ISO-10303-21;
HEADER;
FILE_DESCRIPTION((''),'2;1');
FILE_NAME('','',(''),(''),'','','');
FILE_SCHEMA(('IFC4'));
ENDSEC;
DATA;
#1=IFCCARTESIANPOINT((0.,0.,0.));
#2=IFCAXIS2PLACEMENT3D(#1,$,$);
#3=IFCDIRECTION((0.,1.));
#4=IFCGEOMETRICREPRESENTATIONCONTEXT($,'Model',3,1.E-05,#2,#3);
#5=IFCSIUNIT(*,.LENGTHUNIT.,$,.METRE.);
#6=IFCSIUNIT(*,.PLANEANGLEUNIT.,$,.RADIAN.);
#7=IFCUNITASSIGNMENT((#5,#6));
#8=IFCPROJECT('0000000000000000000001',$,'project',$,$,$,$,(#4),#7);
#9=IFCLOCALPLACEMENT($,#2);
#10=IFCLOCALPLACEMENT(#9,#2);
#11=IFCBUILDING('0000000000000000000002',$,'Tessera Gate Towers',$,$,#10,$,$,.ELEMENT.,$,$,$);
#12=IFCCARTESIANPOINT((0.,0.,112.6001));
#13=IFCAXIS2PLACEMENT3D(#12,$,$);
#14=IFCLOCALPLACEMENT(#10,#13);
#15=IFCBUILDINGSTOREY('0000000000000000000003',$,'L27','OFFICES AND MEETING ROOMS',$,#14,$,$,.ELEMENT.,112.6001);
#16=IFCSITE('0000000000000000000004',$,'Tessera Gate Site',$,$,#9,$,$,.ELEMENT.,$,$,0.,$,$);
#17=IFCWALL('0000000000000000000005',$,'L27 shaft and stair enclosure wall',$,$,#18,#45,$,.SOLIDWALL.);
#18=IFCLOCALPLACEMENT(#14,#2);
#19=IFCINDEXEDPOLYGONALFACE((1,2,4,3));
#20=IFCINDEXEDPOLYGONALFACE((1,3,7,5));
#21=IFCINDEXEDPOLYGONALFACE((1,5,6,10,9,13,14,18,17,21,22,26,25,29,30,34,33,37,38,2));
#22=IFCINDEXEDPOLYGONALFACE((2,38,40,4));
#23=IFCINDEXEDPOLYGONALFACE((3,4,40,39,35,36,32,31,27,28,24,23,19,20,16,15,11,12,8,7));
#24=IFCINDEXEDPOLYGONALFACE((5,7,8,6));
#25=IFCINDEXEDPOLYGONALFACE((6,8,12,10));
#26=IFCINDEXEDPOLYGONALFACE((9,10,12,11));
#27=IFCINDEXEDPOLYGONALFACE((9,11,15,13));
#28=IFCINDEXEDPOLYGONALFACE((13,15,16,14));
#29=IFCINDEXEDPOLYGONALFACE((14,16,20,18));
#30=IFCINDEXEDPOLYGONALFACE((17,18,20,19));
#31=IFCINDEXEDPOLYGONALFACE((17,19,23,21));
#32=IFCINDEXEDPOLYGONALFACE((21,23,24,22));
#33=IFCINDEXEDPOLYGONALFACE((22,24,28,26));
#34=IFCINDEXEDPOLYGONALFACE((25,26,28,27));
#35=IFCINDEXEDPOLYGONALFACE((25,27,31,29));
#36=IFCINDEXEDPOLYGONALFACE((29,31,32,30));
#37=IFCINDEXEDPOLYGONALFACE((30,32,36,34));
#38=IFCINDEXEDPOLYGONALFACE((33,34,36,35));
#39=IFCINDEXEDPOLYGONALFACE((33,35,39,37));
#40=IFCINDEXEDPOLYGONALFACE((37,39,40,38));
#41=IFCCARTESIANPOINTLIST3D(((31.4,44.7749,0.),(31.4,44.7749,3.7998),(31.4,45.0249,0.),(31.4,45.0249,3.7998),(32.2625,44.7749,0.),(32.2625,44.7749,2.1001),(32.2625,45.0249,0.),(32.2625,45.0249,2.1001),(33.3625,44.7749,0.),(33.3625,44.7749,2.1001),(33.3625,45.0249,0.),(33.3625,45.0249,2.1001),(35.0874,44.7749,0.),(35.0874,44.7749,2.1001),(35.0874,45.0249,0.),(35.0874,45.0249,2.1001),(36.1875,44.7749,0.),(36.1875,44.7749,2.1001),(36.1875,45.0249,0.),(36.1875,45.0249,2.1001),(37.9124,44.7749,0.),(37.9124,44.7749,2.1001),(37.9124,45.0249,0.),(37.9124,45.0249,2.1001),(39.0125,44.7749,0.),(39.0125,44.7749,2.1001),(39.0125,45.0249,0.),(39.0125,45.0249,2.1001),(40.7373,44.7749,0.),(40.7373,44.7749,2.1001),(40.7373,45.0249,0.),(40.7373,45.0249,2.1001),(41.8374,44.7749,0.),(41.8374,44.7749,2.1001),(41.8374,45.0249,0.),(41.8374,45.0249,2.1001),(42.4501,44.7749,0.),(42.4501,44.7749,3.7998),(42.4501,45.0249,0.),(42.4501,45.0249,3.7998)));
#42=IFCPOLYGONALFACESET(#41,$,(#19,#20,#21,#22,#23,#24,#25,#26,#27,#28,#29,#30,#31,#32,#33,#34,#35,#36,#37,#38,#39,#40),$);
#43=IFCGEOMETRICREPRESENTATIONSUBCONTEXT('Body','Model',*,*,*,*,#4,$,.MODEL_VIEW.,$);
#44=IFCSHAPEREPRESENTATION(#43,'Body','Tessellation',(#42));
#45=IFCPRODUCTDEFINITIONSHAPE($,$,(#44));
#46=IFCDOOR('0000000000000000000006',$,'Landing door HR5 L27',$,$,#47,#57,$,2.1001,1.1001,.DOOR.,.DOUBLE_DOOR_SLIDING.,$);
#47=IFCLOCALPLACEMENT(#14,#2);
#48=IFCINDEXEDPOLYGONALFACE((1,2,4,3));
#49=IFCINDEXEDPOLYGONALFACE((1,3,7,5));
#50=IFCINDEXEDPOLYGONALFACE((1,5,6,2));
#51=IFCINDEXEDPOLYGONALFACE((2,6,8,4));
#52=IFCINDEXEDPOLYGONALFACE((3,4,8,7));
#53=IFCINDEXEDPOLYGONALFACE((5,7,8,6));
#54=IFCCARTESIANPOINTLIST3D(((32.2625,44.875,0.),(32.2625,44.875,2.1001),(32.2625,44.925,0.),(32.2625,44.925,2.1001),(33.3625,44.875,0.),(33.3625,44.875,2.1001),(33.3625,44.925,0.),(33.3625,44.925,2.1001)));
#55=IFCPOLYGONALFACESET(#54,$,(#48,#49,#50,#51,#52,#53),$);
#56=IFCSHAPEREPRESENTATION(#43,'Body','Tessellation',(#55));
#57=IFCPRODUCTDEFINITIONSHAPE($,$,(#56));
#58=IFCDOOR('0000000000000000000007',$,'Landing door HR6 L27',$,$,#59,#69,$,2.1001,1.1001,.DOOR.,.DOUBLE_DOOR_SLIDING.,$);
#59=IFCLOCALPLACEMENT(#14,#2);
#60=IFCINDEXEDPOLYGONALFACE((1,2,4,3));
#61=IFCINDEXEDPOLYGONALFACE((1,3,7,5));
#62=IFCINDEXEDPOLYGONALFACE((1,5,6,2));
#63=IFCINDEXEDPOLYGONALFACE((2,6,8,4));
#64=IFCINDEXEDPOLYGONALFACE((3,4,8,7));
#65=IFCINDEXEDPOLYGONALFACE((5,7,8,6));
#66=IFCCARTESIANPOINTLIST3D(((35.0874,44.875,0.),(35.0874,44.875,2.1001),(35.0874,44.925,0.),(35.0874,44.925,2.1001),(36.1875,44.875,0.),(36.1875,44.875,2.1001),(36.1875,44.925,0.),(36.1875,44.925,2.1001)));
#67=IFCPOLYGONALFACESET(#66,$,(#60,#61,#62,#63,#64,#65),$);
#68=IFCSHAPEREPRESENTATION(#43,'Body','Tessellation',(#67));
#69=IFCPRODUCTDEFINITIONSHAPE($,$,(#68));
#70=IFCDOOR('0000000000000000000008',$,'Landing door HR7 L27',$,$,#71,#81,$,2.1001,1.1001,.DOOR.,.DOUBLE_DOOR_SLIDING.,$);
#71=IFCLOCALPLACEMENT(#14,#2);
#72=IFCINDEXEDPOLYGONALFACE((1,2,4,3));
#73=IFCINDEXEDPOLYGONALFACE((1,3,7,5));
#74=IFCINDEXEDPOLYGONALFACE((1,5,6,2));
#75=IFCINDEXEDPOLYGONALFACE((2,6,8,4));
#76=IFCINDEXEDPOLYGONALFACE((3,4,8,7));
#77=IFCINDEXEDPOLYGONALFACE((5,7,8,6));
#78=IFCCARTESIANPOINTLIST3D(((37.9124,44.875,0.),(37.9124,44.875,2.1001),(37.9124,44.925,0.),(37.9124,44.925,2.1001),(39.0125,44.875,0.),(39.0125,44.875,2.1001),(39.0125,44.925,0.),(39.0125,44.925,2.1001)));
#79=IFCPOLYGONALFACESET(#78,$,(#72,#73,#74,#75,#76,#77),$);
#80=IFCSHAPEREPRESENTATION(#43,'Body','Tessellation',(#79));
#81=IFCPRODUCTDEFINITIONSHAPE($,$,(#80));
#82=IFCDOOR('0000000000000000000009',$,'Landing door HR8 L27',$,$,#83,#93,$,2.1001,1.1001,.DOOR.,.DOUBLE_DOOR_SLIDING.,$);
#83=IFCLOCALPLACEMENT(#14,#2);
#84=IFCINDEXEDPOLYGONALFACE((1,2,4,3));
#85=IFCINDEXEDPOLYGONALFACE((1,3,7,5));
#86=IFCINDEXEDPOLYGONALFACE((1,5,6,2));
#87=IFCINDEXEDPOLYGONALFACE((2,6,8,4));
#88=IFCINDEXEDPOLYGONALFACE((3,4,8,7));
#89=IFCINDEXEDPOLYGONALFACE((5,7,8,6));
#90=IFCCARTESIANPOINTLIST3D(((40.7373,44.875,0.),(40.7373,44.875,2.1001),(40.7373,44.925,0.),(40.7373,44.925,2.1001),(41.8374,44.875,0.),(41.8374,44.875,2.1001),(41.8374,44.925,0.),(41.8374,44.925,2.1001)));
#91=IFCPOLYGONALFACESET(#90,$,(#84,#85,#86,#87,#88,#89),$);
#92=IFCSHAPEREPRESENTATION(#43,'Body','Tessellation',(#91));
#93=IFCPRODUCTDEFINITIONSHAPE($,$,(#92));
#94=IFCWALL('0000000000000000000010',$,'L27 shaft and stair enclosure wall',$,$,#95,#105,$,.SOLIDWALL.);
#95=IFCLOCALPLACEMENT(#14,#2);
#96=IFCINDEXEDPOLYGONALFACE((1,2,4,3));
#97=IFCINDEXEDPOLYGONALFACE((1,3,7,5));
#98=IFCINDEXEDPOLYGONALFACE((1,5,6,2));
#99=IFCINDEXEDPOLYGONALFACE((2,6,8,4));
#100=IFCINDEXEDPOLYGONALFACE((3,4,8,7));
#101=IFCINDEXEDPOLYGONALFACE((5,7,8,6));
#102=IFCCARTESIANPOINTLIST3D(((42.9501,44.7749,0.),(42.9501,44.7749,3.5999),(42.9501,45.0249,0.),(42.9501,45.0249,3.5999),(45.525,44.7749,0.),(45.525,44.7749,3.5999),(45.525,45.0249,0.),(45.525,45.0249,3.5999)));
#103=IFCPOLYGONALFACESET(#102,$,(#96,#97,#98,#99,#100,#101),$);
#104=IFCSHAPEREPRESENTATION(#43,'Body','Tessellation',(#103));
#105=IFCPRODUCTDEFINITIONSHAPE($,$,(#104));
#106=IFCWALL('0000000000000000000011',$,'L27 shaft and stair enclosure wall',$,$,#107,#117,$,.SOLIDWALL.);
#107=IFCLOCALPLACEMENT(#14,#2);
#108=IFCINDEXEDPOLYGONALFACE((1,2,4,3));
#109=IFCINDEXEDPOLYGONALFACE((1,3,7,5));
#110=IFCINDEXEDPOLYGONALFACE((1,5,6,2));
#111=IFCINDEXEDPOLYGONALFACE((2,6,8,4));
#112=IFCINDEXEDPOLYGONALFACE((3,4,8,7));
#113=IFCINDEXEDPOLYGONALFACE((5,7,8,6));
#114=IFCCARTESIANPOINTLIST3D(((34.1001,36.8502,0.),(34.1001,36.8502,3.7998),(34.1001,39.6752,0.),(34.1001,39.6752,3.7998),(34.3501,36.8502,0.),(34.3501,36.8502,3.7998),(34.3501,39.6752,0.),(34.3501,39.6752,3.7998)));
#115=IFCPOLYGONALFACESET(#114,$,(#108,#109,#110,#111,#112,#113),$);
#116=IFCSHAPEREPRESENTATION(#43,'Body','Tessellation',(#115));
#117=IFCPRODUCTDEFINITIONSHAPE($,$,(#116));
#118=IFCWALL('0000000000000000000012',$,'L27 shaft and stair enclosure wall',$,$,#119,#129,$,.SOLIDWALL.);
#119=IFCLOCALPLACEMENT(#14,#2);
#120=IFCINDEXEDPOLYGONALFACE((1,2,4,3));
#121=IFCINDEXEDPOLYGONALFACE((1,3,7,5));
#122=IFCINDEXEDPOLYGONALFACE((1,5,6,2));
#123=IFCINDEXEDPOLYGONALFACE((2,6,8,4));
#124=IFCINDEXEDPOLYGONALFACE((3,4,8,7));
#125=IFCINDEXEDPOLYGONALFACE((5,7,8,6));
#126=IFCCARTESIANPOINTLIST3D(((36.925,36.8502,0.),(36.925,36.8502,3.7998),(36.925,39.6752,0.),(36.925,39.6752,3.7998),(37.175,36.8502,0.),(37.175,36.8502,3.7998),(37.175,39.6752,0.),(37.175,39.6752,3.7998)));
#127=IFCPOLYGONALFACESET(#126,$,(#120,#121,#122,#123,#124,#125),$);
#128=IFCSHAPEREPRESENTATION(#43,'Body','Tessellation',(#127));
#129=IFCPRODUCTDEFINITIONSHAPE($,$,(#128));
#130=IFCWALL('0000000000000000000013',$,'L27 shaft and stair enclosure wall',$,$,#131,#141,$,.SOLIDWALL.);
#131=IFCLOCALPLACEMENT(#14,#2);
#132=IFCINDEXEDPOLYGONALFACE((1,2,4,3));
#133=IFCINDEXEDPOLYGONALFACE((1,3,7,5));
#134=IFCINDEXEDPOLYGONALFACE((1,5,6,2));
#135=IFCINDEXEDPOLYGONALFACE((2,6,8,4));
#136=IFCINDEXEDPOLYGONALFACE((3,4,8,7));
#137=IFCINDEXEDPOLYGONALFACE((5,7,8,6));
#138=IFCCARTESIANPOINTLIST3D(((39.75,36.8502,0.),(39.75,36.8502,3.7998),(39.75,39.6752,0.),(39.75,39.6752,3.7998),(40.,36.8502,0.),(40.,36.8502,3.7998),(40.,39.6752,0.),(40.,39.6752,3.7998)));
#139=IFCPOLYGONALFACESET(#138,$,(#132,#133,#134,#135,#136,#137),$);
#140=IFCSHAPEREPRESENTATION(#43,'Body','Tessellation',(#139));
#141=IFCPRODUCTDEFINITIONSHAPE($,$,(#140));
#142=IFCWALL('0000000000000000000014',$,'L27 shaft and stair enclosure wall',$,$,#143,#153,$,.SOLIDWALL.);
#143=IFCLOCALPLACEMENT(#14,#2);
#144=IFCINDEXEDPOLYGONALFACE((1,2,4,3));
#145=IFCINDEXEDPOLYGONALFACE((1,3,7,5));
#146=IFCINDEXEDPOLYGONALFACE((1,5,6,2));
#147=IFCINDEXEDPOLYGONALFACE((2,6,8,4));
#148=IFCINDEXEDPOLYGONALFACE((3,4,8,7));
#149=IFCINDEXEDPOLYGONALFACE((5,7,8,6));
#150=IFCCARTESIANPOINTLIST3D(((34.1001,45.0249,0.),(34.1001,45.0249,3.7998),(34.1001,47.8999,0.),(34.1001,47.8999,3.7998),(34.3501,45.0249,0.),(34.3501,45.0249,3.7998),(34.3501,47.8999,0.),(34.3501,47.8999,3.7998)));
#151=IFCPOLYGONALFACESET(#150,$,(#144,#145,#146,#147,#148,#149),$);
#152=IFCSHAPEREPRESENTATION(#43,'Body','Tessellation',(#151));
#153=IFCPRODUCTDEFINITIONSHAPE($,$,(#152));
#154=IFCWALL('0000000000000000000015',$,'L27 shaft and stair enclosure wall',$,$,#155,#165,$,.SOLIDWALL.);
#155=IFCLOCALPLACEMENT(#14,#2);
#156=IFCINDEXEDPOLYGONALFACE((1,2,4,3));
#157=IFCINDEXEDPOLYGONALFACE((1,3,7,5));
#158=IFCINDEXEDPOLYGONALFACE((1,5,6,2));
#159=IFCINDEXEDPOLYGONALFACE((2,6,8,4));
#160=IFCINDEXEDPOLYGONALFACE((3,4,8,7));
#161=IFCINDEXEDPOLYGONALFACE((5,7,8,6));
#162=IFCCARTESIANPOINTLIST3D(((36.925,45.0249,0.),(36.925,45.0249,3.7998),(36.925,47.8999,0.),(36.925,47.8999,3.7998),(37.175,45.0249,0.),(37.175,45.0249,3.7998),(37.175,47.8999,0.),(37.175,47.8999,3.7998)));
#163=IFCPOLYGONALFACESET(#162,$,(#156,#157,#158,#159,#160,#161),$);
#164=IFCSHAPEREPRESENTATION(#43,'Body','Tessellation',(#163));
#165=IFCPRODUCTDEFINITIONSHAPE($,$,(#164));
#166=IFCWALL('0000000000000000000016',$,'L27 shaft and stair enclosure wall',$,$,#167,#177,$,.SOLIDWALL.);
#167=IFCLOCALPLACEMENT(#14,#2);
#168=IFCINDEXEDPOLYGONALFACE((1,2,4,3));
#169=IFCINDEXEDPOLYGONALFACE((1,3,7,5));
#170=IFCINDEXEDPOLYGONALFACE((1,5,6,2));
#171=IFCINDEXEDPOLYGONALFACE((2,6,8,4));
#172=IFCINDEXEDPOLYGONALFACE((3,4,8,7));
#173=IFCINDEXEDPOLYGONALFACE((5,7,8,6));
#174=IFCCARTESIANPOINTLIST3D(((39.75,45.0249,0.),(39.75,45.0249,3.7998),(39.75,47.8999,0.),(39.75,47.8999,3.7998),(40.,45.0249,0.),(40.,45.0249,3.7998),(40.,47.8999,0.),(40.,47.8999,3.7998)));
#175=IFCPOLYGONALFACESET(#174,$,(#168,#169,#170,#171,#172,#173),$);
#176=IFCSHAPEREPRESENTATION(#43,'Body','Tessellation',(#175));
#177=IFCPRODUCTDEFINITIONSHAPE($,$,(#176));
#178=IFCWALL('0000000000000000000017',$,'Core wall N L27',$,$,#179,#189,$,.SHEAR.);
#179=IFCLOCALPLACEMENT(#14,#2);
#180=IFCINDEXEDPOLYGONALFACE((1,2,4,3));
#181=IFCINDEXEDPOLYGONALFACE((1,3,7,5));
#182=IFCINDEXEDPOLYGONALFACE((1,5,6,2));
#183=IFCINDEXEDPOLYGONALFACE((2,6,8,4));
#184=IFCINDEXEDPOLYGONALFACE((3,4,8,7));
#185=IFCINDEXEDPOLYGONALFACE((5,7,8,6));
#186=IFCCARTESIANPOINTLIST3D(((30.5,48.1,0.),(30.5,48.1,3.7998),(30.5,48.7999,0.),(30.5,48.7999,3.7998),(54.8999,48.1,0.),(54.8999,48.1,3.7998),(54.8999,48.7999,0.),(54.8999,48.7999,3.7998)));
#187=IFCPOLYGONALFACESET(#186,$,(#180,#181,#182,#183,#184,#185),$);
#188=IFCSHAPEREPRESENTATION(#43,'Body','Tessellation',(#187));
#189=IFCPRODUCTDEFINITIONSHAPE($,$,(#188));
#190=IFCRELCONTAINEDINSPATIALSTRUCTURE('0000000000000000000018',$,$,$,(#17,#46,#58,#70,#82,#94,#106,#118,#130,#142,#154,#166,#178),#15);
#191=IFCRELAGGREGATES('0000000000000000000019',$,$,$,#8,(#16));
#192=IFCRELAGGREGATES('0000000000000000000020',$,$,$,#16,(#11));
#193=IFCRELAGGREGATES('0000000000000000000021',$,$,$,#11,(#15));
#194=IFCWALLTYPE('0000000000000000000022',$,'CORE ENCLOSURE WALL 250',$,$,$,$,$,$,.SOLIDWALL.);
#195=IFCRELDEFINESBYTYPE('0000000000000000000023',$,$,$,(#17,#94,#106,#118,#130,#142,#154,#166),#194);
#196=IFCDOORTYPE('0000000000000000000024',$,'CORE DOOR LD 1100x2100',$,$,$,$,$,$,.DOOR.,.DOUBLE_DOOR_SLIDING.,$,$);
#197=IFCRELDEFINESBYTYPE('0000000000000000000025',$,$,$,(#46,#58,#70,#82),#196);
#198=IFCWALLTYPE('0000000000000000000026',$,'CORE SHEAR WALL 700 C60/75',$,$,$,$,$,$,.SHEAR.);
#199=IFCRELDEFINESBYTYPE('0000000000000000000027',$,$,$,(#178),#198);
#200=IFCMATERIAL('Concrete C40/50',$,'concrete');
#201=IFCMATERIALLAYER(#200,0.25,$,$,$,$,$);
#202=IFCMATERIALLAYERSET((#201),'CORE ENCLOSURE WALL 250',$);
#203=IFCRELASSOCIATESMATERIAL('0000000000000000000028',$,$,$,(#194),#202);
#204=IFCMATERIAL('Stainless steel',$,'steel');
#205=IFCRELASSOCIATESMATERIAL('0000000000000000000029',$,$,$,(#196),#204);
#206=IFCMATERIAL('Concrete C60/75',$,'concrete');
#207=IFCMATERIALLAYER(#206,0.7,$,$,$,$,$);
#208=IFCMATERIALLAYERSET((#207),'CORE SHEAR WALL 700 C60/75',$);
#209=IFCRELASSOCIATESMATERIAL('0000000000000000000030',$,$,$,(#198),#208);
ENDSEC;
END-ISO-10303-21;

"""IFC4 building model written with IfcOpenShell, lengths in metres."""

from ifc_helpers import new_model, si_unit, direction, frame, frame_2d, origin, place, context, subcontext, project, spatial, rectangle, extrude, source, transform, mapped, material, layer, layer_set, type_object, element, fill, save


model = new_model("IFC4")

# Units and contexts
model_context = context("Model", 3, precision=1e-05, world=origin(), true_north=direction((0.0, 1.0)))
body_context = subcontext(model_context, "Body", "Model", "MODEL_VIEW")
ifc_project = project(units=[si_unit("LENGTHUNIT", "METRE"), si_unit("PLANEANGLEUNIT", "RADIAN")], contexts=[model_context])

# Site, building, storey
site_placement = place(None, origin())
site = spatial("IfcSite", under=ifc_project, at=site_placement, Name="Tessera Gate Site", CompositionType="ELEMENT", RefElevation=0.0)
building_placement = place(site_placement, origin())
building = spatial("IfcBuilding", under=site, at=building_placement, Name="Tessera Gate Towers", CompositionType="ELEMENT")
storey_placement = place(building_placement, frame((0.0, 0.0, 112.6001)))
storey = spatial("IfcBuildingStorey", under=building, at=storey_placement, Name="L27", Description="OFFICES AND MEETING ROOMS", CompositionType="ELEMENT", Elevation=112.6001)

# Shared definitions
ifc_material_1 = material(Name="Concrete C40/50", Category="concrete")
ifc_layer_1 = layer(ifc_material_1, 0.25)
ifc_layer_set_1 = layer_set([ifc_layer_1], Name="CORE ENCLOSURE WALL 250")
wall_type_1 = type_object("IfcWallType", Name="CORE ENCLOSURE WALL 250", PredefinedType="SOLIDWALL", material=ifc_layer_set_1)
shared_shape_1 = source(origin(), body_context, "Body", "SweptSolid", [
    extrude(rectangle(XDim=1.1001, YDim=2.1001, at=frame_2d((0.55, 1.05))), frame((0.0, 0.135, 0.0), z_axis=(0.0, -1.0, 0.0), x_axis=(1.0, 0.0, 0.0)), (0.0, 0.0, 1.0), 0.27),
])
ifc_material_2 = material(Name="Stainless steel", Category="steel")
door_type = type_object("IfcDoorType", Name="CORE DOOR LD 1100x2100", OperationType="DOUBLE_DOOR_SLIDING", PredefinedType="DOOR", material=ifc_material_2)
shared_shape_2 = source(origin(), body_context, "Body", "SweptSolid", [
    extrude(rectangle(XDim=1.1001, YDim=2.1001, at=frame_2d((0.55, 1.05))), frame((0.0, 0.0249, 0.0), z_axis=(0.0, -1.0, 0.0), x_axis=(1.0, 0.0, 0.0)), (0.0, 0.0, 1.0), 0.05),
])

# Wall, openings, doors
wall_1_placement = place(storey_placement, frame((42.45, 44.8999, 0.0), z_axis=(0.0, 0.0, 1.0), x_axis=(-1.0, 0.0, 0.0)))
wall_1 = element("IfcWall", 1, at=wall_1_placement, inside=storey, type_object=wall_type_1, Name="L27 shaft and stair enclosure wall", PredefinedType="SOLIDWALL", context=body_context, shape_type="SweptSolid", body=[
    extrude(rectangle(XDim=11.05, YDim=0.25, at=frame_2d((5.5249, 0.0))), origin(), (0.0, 0.0, 1.0), 3.7998),
])
opening_1_placement = place(wall_1_placement, frame((9.0874, 0.0, 0.0)))
opening_1 = element("IfcOpeningElement", 2, at=opening_1_placement, cuts=wall_1, PredefinedType="OPENING", context=body_context, shape_type="MappedRepresentation", body=[
    mapped(shared_shape_1, transform((0.0, 0.0, 0.0), scale=1.0)),
])
opening_2_placement = place(wall_1_placement, frame((6.2625, 0.0, 0.0)))
opening_2 = element("IfcOpeningElement", 3, at=opening_2_placement, cuts=wall_1, PredefinedType="OPENING", context=body_context, shape_type="MappedRepresentation", body=[
    mapped(shared_shape_1, transform((0.0, 0.0, 0.0), scale=1.0)),
])
opening_3_placement = place(wall_1_placement, frame((3.4375, 0.0, 0.0)))
opening_3 = element("IfcOpeningElement", 4, at=opening_3_placement, cuts=wall_1, PredefinedType="OPENING", context=body_context, shape_type="MappedRepresentation", body=[
    mapped(shared_shape_1, transform((0.0, 0.0, 0.0), scale=1.0)),
])
opening_4_placement = place(wall_1_placement, frame((0.6125, 0.0, 0.0)))
opening_4 = element("IfcOpeningElement", 5, at=opening_4_placement, cuts=wall_1, PredefinedType="OPENING", context=body_context, shape_type="MappedRepresentation", body=[
    mapped(shared_shape_1, transform((0.0, 0.0, 0.0), scale=1.0)),
])
door_1_placement = place(opening_1_placement, origin())
door_1 = element("IfcDoor", 6, at=door_1_placement, inside=storey, type_object=door_type, Name="Landing door HR5 L27", OperationType="DOUBLE_DOOR_SLIDING", OverallHeight=2.1001, OverallWidth=1.1001, PredefinedType="DOOR", context=body_context, shape_type="MappedRepresentation", body=[
    mapped(shared_shape_2, transform((0.0, 0.0, 0.0), scale=1.0)),
])
fill(opening_1, door_1)
door_2_placement = place(opening_2_placement, origin())
door_2 = element("IfcDoor", 7, at=door_2_placement, inside=storey, type_object=door_type, Name="Landing door HR6 L27", OperationType="DOUBLE_DOOR_SLIDING", OverallHeight=2.1001, OverallWidth=1.1001, PredefinedType="DOOR", context=body_context, shape_type="MappedRepresentation", body=[
    mapped(shared_shape_2, transform((0.0, 0.0, 0.0), scale=1.0)),
])
fill(opening_2, door_2)
door_3_placement = place(opening_3_placement, origin())
door_3 = element("IfcDoor", 8, at=door_3_placement, inside=storey, type_object=door_type, Name="Landing door HR7 L27", OperationType="DOUBLE_DOOR_SLIDING", OverallHeight=2.1001, OverallWidth=1.1001, PredefinedType="DOOR", context=body_context, shape_type="MappedRepresentation", body=[
    mapped(shared_shape_2, transform((0.0, 0.0, 0.0), scale=1.0)),
])
fill(opening_3, door_3)
door_4_placement = place(opening_4_placement, origin())
door_4 = element("IfcDoor", 9, at=door_4_placement, inside=storey, type_object=door_type, Name="Landing door HR8 L27", OperationType="DOUBLE_DOOR_SLIDING", OverallHeight=2.1001, OverallWidth=1.1001, PredefinedType="DOOR", context=body_context, shape_type="MappedRepresentation", body=[
    mapped(shared_shape_2, transform((0.0, 0.0, 0.0), scale=1.0)),
])
fill(opening_4, door_4)

# Walls
wall_2_placement = place(storey_placement, frame((42.95, 44.8999, 0.0), z_axis=(0.0, 0.0, 1.0), x_axis=(1.0, 0.0, 0.0)))
element("IfcWall", 10, at=wall_2_placement, inside=storey, type_object=wall_type_1, Name="L27 shaft and stair enclosure wall", PredefinedType="SOLIDWALL", context=body_context, shape_type="SweptSolid", body=[
    extrude(rectangle(XDim=2.575, YDim=0.25, at=frame_2d((1.2876, 0.0))), origin(), (0.0, 0.0, 1.0), 3.5999),
])
for number, where, z_axis, x_axis, name in (
    (11, (34.2251, 36.8501, 0.0), (0.0, 0.0, 1.0), (0.0, 1.0, 0.0), "L27 shaft and stair enclosure wall"),
    (12, (37.05, 36.8501, 0.0), (0.0, 0.0, 1.0), (0.0, 1.0, 0.0), "L27 shaft and stair enclosure wall"),
    (13, (39.875, 36.8501, 0.0), (0.0, 0.0, 1.0), (0.0, 1.0, 0.0), "L27 shaft and stair enclosure wall"),
):
    element("IfcWall", number, at=place(storey_placement, frame(where, z_axis=z_axis, x_axis=x_axis)), inside=storey, type_object=wall_type_1, Name=name, PredefinedType="SOLIDWALL", context=body_context, shape_type="SweptSolid", body=[
        extrude(rectangle(XDim=2.825, YDim=0.25, at=frame_2d((1.4126, 0.0))), origin(), (0.0, 0.0, 1.0), 3.7998),
    ])
for number, where, z_axis, x_axis, name in (
    (14, (34.2251, 45.0249, 0.0), (0.0, 0.0, 1.0), (0.0, 1.0, 0.0), "L27 shaft and stair enclosure wall"),
    (15, (37.05, 45.0249, 0.0), (0.0, 0.0, 1.0), (0.0, 1.0, 0.0), "L27 shaft and stair enclosure wall"),
    (16, (39.875, 45.0249, 0.0), (0.0, 0.0, 1.0), (0.0, 1.0, 0.0), "L27 shaft and stair enclosure wall"),
):
    element("IfcWall", number, at=place(storey_placement, frame(where, z_axis=z_axis, x_axis=x_axis)), inside=storey, type_object=wall_type_1, Name=name, PredefinedType="SOLIDWALL", context=body_context, shape_type="SweptSolid", body=[
        extrude(rectangle(XDim=2.875, YDim=0.25, at=frame_2d((1.4375, 0.0))), origin(), (0.0, 0.0, 1.0), 3.7998),
    ])
ifc_material_3 = material(Name="Concrete C60/75", Category="concrete")
ifc_layer_2 = layer(ifc_material_3, 0.7)
ifc_layer_set_2 = layer_set([ifc_layer_2], Name="CORE SHEAR WALL 700 C60/75")
wall_type_2 = type_object("IfcWallType", Name="CORE SHEAR WALL 700 C60/75", PredefinedType="SHEAR", material=ifc_layer_set_2)
wall_3_placement = place(storey_placement, frame((30.5, 48.45, 0.0), z_axis=(0.0, 0.0, 1.0), x_axis=(1.0, 0.0, 0.0)))
element("IfcWall", 17, at=wall_3_placement, inside=storey, type_object=wall_type_2, Name="Core wall N L27", PredefinedType="SHEAR", context=body_context, shape_type="SweptSolid", body=[
    extrude(rectangle(XDim=24.3999, YDim=0.7, at=frame_2d((12.2, 0.0))), origin(), (0.0, 0.0, 1.0), 3.7998),
])

save(model, "model.ifc")
